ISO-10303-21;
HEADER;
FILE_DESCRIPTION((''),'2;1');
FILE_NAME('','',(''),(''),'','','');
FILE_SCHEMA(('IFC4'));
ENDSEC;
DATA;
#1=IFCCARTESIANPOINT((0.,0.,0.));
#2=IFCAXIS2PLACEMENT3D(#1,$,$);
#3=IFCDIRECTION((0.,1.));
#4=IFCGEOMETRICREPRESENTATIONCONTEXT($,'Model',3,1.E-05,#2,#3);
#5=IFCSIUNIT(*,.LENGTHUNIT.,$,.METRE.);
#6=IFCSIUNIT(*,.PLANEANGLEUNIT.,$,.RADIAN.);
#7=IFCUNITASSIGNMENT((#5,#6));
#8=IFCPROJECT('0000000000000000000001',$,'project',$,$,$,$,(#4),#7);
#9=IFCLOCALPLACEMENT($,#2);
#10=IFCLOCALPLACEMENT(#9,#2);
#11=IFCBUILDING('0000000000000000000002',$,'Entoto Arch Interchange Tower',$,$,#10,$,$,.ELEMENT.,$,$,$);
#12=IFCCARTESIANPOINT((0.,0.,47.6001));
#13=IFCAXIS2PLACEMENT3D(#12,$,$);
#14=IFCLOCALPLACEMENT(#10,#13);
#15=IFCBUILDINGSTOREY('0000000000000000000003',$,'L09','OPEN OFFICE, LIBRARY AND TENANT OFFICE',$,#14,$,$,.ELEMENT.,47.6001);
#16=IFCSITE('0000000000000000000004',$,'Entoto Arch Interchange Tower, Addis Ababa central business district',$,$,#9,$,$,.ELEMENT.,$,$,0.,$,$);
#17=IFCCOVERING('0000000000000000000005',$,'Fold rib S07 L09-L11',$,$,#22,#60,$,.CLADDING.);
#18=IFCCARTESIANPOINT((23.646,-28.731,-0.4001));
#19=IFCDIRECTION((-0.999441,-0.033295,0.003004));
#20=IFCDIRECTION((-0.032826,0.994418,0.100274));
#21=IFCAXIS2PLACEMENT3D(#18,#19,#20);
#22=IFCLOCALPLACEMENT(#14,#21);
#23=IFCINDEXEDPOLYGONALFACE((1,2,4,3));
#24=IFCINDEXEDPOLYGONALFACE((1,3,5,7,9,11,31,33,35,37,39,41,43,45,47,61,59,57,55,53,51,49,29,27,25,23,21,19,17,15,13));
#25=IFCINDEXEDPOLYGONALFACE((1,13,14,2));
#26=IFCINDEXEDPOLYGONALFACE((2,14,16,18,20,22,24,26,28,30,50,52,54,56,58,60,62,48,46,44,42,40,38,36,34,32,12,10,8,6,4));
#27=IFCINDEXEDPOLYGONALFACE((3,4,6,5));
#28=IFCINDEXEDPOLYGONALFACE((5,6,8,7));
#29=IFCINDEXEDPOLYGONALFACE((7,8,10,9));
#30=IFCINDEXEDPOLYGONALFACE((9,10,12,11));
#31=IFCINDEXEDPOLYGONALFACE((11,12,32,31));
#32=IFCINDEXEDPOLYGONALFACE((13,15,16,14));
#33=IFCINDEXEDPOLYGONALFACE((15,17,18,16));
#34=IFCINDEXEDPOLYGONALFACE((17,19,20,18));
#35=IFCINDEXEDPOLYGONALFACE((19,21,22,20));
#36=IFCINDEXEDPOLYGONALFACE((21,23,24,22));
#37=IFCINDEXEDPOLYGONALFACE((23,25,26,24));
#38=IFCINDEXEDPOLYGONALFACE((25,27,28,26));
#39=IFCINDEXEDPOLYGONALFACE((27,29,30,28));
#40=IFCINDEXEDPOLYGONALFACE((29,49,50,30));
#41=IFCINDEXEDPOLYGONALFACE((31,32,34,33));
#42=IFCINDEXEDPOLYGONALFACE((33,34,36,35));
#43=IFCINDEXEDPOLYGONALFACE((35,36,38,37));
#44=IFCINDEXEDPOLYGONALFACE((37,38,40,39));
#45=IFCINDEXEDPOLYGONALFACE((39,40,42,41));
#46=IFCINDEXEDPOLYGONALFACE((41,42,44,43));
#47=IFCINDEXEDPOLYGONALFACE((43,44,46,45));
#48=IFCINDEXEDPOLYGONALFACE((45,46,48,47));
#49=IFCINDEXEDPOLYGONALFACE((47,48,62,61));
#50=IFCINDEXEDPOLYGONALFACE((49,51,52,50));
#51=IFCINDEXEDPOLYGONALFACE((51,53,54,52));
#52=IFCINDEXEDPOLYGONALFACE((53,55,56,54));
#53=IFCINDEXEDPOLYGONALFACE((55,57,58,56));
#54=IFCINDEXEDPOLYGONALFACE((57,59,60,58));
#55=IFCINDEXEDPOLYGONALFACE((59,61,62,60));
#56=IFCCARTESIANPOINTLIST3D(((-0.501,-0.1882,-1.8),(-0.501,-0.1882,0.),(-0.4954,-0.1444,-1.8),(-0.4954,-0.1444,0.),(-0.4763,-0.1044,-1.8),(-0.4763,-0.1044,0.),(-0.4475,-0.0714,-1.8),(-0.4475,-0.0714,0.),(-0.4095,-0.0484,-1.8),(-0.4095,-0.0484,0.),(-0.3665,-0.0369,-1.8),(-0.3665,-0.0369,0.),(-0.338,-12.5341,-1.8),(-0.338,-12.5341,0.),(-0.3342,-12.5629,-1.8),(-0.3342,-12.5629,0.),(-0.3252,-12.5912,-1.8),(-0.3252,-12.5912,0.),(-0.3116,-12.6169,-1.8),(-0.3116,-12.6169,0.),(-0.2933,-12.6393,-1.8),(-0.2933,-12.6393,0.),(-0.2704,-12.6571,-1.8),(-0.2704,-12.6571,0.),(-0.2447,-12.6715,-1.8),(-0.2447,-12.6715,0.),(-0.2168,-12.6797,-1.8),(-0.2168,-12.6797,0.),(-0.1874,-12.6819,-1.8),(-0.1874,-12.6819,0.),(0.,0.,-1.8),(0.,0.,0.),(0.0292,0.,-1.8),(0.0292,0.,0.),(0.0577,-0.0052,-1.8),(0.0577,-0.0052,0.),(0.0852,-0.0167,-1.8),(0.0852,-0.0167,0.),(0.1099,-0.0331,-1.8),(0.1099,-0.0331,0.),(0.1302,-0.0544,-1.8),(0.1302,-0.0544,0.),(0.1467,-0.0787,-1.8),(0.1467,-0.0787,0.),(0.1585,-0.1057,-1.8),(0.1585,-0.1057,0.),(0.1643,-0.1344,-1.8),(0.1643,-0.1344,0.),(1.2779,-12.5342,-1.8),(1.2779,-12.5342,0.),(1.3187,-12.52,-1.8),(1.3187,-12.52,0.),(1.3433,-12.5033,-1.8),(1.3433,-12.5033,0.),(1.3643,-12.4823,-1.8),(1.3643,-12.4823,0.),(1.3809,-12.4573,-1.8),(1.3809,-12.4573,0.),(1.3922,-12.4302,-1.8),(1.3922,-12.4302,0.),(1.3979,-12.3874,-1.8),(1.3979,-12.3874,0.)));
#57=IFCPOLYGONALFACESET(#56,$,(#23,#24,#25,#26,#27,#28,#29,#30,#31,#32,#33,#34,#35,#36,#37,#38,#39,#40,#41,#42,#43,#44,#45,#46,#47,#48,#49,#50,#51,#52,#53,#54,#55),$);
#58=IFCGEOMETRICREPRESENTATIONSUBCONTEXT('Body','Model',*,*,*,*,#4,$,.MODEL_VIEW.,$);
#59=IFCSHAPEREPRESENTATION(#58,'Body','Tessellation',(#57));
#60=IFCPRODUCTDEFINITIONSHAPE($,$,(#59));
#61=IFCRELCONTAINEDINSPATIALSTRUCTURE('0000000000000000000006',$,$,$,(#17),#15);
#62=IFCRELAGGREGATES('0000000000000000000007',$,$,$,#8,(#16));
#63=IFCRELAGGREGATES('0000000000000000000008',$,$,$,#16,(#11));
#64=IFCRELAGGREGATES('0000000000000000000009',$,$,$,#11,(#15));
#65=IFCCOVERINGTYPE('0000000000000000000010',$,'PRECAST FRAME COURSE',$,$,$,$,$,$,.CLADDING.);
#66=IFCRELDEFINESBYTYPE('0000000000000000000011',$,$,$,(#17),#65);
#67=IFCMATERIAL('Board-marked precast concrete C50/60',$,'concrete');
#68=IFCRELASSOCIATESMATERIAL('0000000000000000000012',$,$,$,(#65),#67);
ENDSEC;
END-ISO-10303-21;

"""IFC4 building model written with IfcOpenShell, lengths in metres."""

from ifc_helpers import new_model, si_unit, direction, frame, origin, place, context, subcontext, project, spatial, polyline, outline, extrude, material, type_object, element, save


model = new_model("IFC4")

# Units and contexts
model_context = context("Model", 3, precision=1e-05, world=origin(), true_north=direction((0.0, 1.0)))
body_context = subcontext(model_context, "Body", "Model", "MODEL_VIEW")
ifc_project = project(units=[si_unit("LENGTHUNIT", "METRE"), si_unit("PLANEANGLEUNIT", "RADIAN")], contexts=[model_context])

# Site, building, storey
site_placement = place(None, origin())
site = spatial("IfcSite", under=ifc_project, at=site_placement, Name="Entoto Arch Interchange Tower, Addis Ababa central business district", CompositionType="ELEMENT", RefElevation=0.0)
building_placement = place(site_placement, origin())
building = spatial("IfcBuilding", under=site, at=building_placement, Name="Entoto Arch Interchange Tower", CompositionType="ELEMENT")
storey_placement = place(building_placement, frame((0.0, 0.0, 47.6001)))
storey = spatial("IfcBuildingStorey", under=building, at=storey_placement, Name="L09", Description="OPEN OFFICE, LIBRARY AND TENANT OFFICE", CompositionType="ELEMENT", Elevation=47.6001)

# Covering
ifc_material_1 = material(Name="Board-marked precast concrete C50/60", Category="concrete")
covering_type = type_object("IfcCoveringType", Name="PRECAST FRAME COURSE", PredefinedType="CLADDING", material=ifc_material_1)
covering_placement = place(storey_placement, frame((23.646, -28.731, -0.4001), z_axis=(-0.999441, -0.033295, 0.003004), x_axis=(-0.032826, 0.994418, 0.100274)))
element("IfcCovering", 1, at=covering_placement, inside=storey, type_object=covering_type, Name="Fold rib S07 L09-L11", PredefinedType="CLADDING", context=body_context, shape_type="SweptSolid", body=[
    extrude(outline(polyline([(0.0, 0.0), (0.0292, 0.0), (0.0577, -0.0052), (0.0852, -0.0167), (0.1099, -0.0331), (0.1302, -0.0544), (0.1467, -0.0787), (0.1585, -0.1057), (0.1643, -0.1344), (1.3979, -12.3874), (1.3922, -12.4302), (1.3809, -12.4573), (1.3643, -12.4823), (1.3433, -12.5033), (1.3187, -12.52), (1.2779, -12.5342), (-0.1874, -12.6819), (-0.2168, -12.6797), (-0.2447, -12.6715), (-0.2704, -12.6571), (-0.2933, -12.6393), (-0.3116, -12.6169), (-0.3252, -12.5912), (-0.3342, -12.5629), (-0.338, -12.5341), (-0.501, -0.1882), (-0.4954, -0.1444), (-0.4763, -0.1044), (-0.4475, -0.0714), (-0.4095, -0.0484), (-0.3665, -0.0369), (0.0, 0.0)])), origin(), (0.0, 0.0, -1.0), 1.8),
])

save(model, "model.ifc")
